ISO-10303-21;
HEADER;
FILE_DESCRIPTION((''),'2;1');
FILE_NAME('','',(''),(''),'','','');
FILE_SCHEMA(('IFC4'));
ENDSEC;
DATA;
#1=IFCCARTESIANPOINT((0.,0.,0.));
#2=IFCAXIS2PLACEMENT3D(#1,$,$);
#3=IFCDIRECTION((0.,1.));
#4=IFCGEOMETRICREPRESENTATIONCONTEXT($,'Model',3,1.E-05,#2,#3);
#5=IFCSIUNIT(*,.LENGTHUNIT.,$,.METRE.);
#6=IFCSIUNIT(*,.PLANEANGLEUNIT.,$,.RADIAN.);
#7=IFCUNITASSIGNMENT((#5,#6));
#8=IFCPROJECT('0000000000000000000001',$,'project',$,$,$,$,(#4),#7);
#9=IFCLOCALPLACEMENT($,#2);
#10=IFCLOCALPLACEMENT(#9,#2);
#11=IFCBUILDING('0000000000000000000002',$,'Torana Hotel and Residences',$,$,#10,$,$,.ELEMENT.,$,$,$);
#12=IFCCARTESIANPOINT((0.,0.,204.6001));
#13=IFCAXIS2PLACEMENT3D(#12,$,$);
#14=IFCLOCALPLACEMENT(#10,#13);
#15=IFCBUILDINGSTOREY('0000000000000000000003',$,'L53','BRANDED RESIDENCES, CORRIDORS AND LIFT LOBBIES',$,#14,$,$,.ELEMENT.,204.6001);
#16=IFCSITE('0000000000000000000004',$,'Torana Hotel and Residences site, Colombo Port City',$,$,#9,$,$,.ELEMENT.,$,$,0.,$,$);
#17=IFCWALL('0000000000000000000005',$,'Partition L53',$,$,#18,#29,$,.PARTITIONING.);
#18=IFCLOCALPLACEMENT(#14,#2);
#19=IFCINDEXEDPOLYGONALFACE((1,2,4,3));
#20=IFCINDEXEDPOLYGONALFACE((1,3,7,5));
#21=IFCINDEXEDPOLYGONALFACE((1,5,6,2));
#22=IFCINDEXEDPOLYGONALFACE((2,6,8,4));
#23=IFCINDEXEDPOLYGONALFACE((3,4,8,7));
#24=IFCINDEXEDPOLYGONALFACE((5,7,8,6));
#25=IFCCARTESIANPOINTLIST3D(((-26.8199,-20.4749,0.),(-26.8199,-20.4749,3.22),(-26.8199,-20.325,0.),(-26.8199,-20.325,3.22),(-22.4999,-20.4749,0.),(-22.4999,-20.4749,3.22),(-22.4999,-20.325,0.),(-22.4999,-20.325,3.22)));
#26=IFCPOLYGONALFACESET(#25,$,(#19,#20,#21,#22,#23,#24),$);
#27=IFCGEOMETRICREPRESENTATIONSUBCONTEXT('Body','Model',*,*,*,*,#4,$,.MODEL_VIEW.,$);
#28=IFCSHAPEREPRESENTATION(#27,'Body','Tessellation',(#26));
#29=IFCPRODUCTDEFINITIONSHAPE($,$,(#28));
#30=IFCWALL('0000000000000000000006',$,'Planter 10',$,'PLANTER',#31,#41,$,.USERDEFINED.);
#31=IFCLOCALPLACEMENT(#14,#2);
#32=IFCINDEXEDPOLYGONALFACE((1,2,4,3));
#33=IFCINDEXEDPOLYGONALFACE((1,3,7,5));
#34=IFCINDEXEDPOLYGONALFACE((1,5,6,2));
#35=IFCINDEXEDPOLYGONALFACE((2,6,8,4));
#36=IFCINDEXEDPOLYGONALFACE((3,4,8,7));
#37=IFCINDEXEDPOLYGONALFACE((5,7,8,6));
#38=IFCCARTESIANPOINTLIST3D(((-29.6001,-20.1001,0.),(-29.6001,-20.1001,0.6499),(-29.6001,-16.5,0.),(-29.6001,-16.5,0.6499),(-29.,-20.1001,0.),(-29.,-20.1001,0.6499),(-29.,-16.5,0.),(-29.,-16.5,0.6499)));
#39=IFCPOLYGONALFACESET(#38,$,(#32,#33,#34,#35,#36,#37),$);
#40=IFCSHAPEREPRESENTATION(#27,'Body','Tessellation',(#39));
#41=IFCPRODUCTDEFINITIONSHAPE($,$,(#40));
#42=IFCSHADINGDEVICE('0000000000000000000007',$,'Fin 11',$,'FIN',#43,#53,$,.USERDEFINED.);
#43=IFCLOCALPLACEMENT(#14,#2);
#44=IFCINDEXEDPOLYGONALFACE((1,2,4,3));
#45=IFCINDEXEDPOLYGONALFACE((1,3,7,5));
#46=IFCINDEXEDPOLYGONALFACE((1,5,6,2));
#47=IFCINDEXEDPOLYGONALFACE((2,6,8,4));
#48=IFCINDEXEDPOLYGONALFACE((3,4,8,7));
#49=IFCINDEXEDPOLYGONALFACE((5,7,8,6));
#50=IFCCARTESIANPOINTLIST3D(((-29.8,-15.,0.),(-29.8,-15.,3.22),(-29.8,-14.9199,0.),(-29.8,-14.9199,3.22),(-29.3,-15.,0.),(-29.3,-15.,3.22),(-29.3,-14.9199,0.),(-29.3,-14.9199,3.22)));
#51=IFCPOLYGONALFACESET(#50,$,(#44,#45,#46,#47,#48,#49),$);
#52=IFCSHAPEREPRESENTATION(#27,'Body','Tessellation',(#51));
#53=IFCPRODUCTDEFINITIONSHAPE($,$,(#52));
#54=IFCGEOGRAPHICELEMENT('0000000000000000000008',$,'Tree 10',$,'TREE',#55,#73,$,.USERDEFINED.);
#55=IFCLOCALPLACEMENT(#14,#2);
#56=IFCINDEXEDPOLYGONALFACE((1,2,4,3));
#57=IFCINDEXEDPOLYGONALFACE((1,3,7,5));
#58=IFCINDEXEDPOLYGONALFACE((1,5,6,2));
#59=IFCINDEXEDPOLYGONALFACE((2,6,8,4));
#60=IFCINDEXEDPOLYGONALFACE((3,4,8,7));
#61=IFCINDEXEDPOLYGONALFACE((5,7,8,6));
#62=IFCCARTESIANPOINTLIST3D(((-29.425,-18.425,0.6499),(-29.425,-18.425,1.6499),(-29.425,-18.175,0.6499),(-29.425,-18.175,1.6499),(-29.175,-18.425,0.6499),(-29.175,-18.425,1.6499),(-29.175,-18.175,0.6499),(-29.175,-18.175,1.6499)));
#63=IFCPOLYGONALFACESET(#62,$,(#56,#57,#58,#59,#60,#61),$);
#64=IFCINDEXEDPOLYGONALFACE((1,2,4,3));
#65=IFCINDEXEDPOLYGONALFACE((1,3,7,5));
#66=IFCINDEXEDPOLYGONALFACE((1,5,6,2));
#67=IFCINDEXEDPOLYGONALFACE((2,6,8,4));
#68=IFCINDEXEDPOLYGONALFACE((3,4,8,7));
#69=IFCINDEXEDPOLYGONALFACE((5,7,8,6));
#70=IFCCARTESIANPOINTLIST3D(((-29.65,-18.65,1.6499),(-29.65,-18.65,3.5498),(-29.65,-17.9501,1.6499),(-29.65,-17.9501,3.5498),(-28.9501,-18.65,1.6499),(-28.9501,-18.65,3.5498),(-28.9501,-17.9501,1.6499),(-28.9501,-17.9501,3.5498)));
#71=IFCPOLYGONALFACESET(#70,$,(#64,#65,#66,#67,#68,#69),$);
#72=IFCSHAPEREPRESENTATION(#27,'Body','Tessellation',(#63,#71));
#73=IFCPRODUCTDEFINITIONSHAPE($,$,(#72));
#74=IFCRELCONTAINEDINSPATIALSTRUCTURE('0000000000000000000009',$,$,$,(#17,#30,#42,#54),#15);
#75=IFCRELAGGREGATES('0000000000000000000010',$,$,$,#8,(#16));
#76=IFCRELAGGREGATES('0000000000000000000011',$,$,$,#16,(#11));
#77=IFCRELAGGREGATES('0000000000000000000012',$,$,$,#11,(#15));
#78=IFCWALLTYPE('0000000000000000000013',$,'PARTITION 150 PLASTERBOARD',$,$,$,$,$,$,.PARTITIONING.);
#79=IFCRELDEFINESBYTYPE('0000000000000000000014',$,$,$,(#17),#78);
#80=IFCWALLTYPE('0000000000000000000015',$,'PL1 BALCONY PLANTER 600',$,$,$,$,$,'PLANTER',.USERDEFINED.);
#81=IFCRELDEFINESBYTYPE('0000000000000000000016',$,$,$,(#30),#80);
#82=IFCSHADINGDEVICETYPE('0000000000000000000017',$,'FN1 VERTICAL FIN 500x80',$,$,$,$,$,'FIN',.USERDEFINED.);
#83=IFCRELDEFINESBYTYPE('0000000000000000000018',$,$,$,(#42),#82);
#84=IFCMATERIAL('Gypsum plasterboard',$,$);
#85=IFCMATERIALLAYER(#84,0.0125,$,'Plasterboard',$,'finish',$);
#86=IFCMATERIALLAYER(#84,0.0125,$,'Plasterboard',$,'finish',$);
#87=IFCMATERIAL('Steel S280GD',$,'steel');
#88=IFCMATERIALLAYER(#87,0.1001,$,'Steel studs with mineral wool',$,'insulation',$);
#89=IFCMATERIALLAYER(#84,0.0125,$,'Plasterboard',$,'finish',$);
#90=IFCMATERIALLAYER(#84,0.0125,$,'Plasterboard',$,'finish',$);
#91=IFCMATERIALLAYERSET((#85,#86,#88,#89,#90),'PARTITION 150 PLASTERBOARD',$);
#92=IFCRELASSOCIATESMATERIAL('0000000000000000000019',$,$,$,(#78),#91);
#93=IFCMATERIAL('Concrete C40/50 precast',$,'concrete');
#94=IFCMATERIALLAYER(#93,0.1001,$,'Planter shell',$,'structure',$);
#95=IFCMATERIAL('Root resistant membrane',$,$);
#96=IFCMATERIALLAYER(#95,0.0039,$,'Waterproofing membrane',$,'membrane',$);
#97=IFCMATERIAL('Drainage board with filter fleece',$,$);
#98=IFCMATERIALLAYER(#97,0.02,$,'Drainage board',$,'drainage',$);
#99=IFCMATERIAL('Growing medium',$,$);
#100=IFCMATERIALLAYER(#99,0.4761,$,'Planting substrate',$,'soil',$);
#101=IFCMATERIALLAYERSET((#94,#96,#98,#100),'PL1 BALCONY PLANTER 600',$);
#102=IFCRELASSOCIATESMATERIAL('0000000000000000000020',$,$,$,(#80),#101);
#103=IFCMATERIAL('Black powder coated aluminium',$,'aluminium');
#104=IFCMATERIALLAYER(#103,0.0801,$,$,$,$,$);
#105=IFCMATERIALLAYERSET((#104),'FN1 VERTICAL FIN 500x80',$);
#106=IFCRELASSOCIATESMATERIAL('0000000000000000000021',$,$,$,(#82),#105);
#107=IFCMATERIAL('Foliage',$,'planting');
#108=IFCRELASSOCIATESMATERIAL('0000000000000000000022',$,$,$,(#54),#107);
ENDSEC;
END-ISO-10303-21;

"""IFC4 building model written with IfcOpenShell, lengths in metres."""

from ifc_helpers import new_model, si_unit, direction, frame, frame_2d, origin, origin_2d, place, context, subcontext, project, spatial, rectangle, extrude, material, layer, layer_set, type_object, element, save


model = new_model("IFC4")

# Units and contexts
model_context = context("Model", 3, precision=1e-05, world=origin(), true_north=direction((0.0, 1.0)))
body_context = subcontext(model_context, "Body", "Model", "MODEL_VIEW")
ifc_project = project(units=[si_unit("LENGTHUNIT", "METRE"), si_unit("PLANEANGLEUNIT", "RADIAN")], contexts=[model_context])

# Site, building, storey
site_placement = place(None, origin())
site = spatial("IfcSite", under=ifc_project, at=site_placement, Name="Torana Hotel and Residences site, Colombo Port City", CompositionType="ELEMENT", RefElevation=0.0)
building_placement = place(site_placement, origin())
building = spatial("IfcBuilding", under=site, at=building_placement, Name="Torana Hotel and Residences", CompositionType="ELEMENT")
storey_placement = place(building_placement, frame((0.0, 0.0, 204.6001)))
storey = spatial("IfcBuildingStorey", under=building, at=storey_placement, Name="L53", Description="BRANDED RESIDENCES, CORRIDORS AND LIFT LOBBIES", CompositionType="ELEMENT", Elevation=204.6001)

# Walls
ifc_material_1 = material(Name="Gypsum plasterboard")
ifc_layer_1 = layer(ifc_material_1, 0.0125, Name="Plasterboard", Category="finish")
ifc_layer_2 = layer(ifc_material_1, 0.0125, Name="Plasterboard", Category="finish")
ifc_material_2 = material(Name="Steel S280GD", Category="steel")
ifc_layer_3 = layer(ifc_material_2, 0.1001, Name="Steel studs with mineral wool", Category="insulation")
ifc_layer_4 = layer(ifc_material_1, 0.0125, Name="Plasterboard", Category="finish")
ifc_layer_5 = layer(ifc_material_1, 0.0125, Name="Plasterboard", Category="finish")
ifc_layer_set_1 = layer_set([ifc_layer_1, ifc_layer_2, ifc_layer_3, ifc_layer_4, ifc_layer_5], Name="PARTITION 150 PLASTERBOARD")
wall_type_1 = type_object("IfcWallType", Name="PARTITION 150 PLASTERBOARD", PredefinedType="PARTITIONING", material=ifc_layer_set_1)
wall_1_placement = place(storey_placement, frame((-26.8201, -20.3999, 0.0), z_axis=(0.0, 0.0, 1.0), x_axis=(1.0, 0.0, 0.0)))
element("IfcWall", 1, at=wall_1_placement, inside=storey, type_object=wall_type_1, Name="Partition L53", PredefinedType="PARTITIONING", context=body_context, shape_type="SweptSolid", body=[
    extrude(rectangle(XDim=4.3201, YDim=0.1499, at=frame_2d((2.1602, 0.0))), origin(), (0.0, 0.0, 1.0), 3.22),
])
ifc_material_3 = material(Name="Concrete C40/50 precast", Category="concrete")
ifc_layer_6 = layer(ifc_material_3, 0.1001, Name="Planter shell", Category="structure")
ifc_material_4 = material(Name="Root resistant membrane")
ifc_layer_7 = layer(ifc_material_4, 0.0039, Name="Waterproofing membrane", Category="membrane")
ifc_material_5 = material(Name="Drainage board with filter fleece")
ifc_layer_8 = layer(ifc_material_5, 0.02, Name="Drainage board", Category="drainage")
ifc_material_6 = material(Name="Growing medium")
ifc_layer_9 = layer(ifc_material_6, 0.4761, Name="Planting substrate", Category="soil")
ifc_layer_set_2 = layer_set([ifc_layer_6, ifc_layer_7, ifc_layer_8, ifc_layer_9], Name="PL1 BALCONY PLANTER 600")
wall_type_2 = type_object("IfcWallType", Name="PL1 BALCONY PLANTER 600", ElementType="PLANTER", PredefinedType="USERDEFINED", material=ifc_layer_set_2)
wall_2_placement = place(storey_placement, frame((-29.3, -20.1001, 0.0), z_axis=(0.0, 0.0, 1.0), x_axis=(0.0, 1.0, 0.0)))
element("IfcWall", 2, at=wall_2_placement, inside=storey, type_object=wall_type_2, Name="Planter 10", ObjectType="PLANTER", PredefinedType="USERDEFINED", context=body_context, shape_type="SweptSolid", body=[
    extrude(rectangle(XDim=3.6001, YDim=0.6001, at=frame_2d((1.8, 0.0))), origin(), (0.0, 0.0, 1.0), 0.6499),
])

# Shading device
ifc_material_7 = material(Name="Black powder coated aluminium", Category="aluminium")
ifc_layer_10 = layer(ifc_material_7, 0.0801)
ifc_layer_set_3 = layer_set([ifc_layer_10], Name="FN1 VERTICAL FIN 500x80")
shading_device_type = type_object("IfcShadingDeviceType", Name="FN1 VERTICAL FIN 500x80", ElementType="FIN", PredefinedType="USERDEFINED", material=ifc_layer_set_3)
shading_device_placement = place(storey_placement, frame((-29.55, -14.96, 0.0), z_axis=(0.0, 0.0, 1.0), x_axis=(0.0, 1.0, 0.0)))
element("IfcShadingDevice", 3, at=shading_device_placement, inside=storey, type_object=shading_device_type, Name="Fin 11", ObjectType="FIN", PredefinedType="USERDEFINED", context=body_context, shape_type="SweptSolid", body=[
    extrude(rectangle(XDim=0.0801, YDim=0.5, at=origin_2d()), origin(), (0.0, 0.0, 1.0), 3.22),
])

# Geographic element
ifc_material_8 = material(Name="Foliage", Category="planting")
geographic_element_placement = place(storey_placement, frame((-29.3, -18.3, 0.6499), z_axis=(0.0, 0.0, 1.0), x_axis=(1.0, 0.0, 0.0)))
element("IfcGeographicElement", 4, at=geographic_element_placement, inside=storey, material=ifc_material_8, Name="Tree 10", ObjectType="TREE", PredefinedType="USERDEFINED", context=body_context, shape_type="SweptSolid", body=[
    extrude(rectangle(XDim=0.25, YDim=0.25, at=origin_2d()), origin(), (0.0, 0.0, 1.0), 1.0),
    extrude(rectangle(XDim=0.7, YDim=0.7, at=origin_2d()), frame((0.0, 0.0, 1.0)), (0.0, 0.0, 1.0), 1.8999),
])

save(model, "model.ifc")
